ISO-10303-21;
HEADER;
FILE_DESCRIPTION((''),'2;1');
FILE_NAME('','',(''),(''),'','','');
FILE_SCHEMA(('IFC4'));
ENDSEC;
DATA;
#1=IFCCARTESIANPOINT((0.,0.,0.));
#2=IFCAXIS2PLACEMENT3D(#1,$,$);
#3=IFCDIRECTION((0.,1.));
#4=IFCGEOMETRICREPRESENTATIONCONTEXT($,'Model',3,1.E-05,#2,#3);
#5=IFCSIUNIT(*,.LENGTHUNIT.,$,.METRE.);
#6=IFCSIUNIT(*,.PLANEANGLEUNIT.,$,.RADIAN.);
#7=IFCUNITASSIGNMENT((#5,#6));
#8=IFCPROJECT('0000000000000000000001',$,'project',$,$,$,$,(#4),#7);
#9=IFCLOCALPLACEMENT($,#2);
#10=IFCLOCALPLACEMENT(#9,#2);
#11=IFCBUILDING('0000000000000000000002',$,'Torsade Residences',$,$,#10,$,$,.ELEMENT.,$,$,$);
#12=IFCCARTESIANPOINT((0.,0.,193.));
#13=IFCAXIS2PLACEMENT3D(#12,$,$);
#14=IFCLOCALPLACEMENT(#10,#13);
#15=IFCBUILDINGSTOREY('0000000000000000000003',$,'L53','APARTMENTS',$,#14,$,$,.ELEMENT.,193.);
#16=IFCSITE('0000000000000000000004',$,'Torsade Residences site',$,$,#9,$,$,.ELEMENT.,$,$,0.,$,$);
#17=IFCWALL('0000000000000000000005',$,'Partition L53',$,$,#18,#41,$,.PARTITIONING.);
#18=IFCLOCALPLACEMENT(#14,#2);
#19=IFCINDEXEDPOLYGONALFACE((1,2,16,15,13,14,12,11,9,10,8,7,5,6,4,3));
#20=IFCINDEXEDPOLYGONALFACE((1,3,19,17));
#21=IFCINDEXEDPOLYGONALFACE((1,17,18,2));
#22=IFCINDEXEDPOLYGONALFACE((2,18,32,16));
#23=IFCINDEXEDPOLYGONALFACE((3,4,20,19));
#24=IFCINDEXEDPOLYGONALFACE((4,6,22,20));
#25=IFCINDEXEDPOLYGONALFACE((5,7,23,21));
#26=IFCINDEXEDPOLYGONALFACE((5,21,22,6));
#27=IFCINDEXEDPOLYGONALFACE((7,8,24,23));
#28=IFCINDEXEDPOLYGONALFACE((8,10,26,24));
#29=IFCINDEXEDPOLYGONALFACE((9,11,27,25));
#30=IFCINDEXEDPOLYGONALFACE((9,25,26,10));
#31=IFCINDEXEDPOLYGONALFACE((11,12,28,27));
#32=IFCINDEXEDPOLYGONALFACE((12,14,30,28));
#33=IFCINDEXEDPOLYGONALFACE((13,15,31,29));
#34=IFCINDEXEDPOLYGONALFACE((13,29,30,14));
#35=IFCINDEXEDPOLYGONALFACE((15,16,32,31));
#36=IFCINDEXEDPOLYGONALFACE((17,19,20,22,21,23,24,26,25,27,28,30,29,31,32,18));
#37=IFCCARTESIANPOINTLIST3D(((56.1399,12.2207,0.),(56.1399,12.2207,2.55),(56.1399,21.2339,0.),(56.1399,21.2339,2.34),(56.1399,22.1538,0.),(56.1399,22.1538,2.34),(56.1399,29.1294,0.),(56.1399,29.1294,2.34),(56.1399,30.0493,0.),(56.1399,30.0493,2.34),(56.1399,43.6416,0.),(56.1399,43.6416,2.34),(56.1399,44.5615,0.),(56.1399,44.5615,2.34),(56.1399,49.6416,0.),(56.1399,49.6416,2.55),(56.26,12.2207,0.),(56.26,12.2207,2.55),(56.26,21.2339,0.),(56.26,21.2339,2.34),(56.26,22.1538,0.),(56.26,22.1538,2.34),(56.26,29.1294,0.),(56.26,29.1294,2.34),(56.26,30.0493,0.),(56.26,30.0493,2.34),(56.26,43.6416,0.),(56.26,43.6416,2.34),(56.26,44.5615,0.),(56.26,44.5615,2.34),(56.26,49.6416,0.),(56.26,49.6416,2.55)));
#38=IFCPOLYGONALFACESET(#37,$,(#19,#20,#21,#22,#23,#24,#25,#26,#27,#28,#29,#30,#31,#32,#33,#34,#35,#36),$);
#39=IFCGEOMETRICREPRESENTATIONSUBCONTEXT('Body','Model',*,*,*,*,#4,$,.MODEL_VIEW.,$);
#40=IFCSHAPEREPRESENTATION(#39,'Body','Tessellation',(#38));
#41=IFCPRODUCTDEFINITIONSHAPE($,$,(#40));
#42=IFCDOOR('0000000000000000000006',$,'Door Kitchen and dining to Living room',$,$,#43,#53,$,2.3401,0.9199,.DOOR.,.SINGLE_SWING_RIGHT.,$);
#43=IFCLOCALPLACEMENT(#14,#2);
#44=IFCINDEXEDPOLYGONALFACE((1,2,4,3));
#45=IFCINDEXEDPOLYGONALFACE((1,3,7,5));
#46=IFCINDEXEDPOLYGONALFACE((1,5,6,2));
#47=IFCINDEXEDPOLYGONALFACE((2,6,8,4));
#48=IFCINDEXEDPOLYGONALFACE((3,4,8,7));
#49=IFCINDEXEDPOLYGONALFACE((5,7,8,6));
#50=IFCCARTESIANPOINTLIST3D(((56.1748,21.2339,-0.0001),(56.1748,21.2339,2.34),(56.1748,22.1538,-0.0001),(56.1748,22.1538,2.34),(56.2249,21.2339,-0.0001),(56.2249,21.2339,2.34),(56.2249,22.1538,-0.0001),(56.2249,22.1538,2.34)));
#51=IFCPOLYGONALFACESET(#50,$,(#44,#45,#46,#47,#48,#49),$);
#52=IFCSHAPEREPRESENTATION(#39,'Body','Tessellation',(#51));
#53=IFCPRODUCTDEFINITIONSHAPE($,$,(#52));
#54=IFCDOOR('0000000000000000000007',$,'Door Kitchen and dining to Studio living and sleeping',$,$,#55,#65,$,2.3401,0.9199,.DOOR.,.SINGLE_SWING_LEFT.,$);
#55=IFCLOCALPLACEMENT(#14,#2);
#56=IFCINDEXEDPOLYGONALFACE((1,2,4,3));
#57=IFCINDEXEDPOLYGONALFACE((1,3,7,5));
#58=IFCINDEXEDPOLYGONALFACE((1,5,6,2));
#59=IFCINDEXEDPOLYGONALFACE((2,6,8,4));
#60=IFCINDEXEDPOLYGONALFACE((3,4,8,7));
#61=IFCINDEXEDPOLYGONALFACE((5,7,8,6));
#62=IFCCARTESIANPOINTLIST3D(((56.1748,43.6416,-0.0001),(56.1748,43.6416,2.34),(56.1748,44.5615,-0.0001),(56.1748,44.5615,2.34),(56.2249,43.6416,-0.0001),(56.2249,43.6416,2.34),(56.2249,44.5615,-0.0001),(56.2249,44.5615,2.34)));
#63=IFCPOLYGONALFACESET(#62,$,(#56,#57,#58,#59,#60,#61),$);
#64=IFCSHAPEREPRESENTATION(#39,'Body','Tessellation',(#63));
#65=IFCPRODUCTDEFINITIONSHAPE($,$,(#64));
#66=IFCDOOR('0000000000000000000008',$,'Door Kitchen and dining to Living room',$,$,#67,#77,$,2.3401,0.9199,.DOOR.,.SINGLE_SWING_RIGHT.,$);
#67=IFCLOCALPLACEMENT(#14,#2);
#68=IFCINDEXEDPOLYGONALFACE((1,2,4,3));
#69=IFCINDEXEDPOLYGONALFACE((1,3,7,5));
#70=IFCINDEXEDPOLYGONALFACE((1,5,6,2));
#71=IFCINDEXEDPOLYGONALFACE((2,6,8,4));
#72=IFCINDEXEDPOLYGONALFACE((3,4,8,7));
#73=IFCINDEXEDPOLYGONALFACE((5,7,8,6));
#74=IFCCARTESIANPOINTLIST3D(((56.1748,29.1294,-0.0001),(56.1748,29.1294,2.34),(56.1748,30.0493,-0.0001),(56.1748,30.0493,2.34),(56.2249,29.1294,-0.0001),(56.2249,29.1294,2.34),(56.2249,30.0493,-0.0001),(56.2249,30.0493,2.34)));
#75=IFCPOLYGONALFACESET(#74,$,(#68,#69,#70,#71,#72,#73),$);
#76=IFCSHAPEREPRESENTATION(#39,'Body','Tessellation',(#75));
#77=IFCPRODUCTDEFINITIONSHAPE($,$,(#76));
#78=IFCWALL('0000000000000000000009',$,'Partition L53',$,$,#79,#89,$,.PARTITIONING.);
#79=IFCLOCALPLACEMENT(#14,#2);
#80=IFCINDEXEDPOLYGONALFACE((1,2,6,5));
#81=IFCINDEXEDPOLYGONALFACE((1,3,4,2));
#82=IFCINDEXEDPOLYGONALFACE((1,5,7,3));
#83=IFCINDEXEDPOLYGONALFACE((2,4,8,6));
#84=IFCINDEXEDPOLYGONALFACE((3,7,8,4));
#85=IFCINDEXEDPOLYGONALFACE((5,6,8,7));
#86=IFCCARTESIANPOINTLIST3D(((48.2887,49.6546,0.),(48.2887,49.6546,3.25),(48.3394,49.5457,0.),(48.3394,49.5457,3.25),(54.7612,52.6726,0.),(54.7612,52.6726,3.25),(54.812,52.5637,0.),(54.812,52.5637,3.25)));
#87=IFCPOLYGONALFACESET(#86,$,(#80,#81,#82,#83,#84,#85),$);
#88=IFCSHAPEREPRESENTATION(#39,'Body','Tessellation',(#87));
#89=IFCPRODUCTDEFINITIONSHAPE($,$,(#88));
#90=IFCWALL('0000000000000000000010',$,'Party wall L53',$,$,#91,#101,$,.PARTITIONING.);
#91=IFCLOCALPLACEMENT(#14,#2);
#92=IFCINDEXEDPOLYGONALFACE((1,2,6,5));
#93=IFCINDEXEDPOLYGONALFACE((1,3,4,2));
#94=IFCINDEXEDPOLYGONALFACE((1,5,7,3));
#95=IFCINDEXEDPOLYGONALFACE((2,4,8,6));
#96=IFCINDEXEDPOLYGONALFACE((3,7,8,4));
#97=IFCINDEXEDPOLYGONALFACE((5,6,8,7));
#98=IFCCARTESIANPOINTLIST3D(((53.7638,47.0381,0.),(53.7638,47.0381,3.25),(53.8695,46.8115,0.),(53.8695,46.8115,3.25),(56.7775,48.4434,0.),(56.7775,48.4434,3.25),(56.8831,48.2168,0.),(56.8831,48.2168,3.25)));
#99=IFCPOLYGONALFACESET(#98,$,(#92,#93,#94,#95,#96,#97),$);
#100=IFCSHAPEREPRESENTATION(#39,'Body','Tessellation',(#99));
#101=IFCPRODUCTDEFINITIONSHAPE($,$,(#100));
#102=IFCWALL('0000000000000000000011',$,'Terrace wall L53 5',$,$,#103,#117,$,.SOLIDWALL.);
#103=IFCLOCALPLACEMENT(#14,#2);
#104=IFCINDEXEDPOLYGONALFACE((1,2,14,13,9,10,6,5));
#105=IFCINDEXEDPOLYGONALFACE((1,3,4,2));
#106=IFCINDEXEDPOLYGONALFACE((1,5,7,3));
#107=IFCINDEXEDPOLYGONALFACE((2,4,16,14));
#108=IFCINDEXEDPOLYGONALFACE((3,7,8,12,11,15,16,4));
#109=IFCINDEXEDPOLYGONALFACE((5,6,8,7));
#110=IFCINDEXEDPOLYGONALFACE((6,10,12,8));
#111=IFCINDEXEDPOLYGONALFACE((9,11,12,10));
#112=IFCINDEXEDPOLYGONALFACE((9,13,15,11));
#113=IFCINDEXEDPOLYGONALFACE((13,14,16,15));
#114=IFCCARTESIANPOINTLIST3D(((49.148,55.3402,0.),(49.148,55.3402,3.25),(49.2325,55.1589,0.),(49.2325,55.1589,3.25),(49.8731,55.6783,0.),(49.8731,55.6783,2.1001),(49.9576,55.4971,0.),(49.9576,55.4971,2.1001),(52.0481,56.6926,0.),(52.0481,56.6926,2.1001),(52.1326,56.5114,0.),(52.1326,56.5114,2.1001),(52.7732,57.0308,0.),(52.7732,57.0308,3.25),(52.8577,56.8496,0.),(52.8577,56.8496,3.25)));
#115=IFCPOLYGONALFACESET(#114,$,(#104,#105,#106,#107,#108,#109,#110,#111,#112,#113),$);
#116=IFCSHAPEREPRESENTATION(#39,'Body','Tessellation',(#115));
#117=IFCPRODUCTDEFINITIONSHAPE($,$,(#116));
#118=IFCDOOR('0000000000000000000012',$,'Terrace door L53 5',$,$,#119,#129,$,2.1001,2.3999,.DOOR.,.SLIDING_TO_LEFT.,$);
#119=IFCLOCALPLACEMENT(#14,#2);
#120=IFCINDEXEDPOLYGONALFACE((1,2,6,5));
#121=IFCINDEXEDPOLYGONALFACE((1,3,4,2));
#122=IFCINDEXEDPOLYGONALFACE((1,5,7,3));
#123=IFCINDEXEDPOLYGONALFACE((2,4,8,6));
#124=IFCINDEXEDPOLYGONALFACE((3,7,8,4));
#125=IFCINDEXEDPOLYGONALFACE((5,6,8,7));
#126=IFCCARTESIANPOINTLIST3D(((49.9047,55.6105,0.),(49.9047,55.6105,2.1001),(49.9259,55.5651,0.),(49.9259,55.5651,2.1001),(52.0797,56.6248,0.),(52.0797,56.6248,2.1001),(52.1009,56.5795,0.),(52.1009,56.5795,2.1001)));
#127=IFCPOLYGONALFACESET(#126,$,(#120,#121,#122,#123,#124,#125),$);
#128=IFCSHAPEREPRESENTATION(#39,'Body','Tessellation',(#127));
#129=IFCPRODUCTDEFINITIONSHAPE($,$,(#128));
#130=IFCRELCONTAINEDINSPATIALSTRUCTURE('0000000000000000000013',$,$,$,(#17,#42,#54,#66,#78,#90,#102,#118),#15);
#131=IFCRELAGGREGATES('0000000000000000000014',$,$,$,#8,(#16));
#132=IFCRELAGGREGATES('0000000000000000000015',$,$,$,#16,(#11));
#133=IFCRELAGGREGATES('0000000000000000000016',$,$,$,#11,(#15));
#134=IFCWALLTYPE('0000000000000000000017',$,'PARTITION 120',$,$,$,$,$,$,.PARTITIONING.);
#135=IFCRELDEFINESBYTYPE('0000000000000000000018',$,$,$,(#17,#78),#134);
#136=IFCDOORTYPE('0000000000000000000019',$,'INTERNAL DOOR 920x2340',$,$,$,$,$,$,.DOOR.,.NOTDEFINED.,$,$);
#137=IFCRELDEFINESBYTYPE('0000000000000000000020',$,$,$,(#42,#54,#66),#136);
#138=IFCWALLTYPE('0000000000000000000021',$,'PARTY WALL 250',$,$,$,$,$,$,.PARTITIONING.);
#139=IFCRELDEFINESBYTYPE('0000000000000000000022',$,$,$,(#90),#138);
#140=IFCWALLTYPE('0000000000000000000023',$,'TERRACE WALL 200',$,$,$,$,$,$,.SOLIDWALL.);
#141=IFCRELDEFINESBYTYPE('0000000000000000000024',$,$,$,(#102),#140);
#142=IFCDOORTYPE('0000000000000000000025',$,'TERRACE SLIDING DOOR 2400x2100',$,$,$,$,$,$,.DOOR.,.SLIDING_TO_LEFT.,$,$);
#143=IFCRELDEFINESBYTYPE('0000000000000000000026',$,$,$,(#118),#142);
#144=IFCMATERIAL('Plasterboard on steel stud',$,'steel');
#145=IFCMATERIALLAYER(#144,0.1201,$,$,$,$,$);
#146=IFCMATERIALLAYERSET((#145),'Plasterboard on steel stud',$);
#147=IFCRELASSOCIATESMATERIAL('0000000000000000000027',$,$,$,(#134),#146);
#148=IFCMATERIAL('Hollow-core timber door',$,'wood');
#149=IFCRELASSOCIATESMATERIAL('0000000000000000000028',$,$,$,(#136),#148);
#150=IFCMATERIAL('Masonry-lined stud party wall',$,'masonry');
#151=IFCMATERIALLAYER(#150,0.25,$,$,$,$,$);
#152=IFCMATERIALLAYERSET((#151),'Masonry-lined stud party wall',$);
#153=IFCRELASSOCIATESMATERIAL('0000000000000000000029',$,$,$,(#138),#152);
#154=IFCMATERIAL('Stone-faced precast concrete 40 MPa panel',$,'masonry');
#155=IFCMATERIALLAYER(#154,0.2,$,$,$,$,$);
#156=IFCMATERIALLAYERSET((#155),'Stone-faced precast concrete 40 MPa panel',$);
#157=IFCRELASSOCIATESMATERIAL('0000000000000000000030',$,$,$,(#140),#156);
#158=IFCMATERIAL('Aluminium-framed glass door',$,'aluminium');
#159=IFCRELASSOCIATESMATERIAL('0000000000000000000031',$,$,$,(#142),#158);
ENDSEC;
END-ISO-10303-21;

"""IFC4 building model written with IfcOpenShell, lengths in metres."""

from ifc_helpers import new_model, si_unit, direction, frame, frame_2d, origin, place, context, subcontext, project, spatial, rectangle, extrude, material, layer, layer_set, type_object, element, fill, save


model = new_model("IFC4")

# Units and contexts
model_context = context("Model", 3, precision=1e-05, world=origin(), true_north=direction((0.0, 1.0)))
body_context = subcontext(model_context, "Body", "Model", "MODEL_VIEW")
ifc_project = project(units=[si_unit("LENGTHUNIT", "METRE"), si_unit("PLANEANGLEUNIT", "RADIAN")], contexts=[model_context])

# Site, building, storey
site_placement = place(None, origin())
site = spatial("IfcSite", under=ifc_project, at=site_placement, Name="Torsade Residences site", CompositionType="ELEMENT", RefElevation=0.0)
building_placement = place(site_placement, origin())
building = spatial("IfcBuilding", under=site, at=building_placement, Name="Torsade Residences", CompositionType="ELEMENT")
storey_placement = place(building_placement, frame((0.0, 0.0, 193.0)))
storey = spatial("IfcBuildingStorey", under=building, at=storey_placement, Name="L53", Description="APARTMENTS", CompositionType="ELEMENT", Elevation=193.0)

# Wall, openings, doors
ifc_material_1 = material(Name="Plasterboard on steel stud", Category="steel")
ifc_layer_1 = layer(ifc_material_1, 0.1201)
ifc_layer_set_1 = layer_set([ifc_layer_1], Name="Plasterboard on steel stud")
wall_type_1 = type_object("IfcWallType", Name="PARTITION 120", PredefinedType="PARTITIONING", material=ifc_layer_set_1)
wall_1_placement = place(storey_placement, frame((56.2, 49.6416, 0.0), z_axis=(0.0, 0.0, 1.0), x_axis=(0.0, -1.0, 0.0)))
wall_1 = element("IfcWall", 1, at=wall_1_placement, inside=storey, type_object=wall_type_1, Name="Partition L53", PredefinedType="PARTITIONING", context=body_context, shape_type="SweptSolid", body=[
    extrude(rectangle(XDim=37.4209, YDim=0.1201, at=frame_2d((18.7104, 0.0))), origin(), (0.0, 0.0, 1.0), 2.55),
])
opening_1_placement = place(wall_1_placement, frame((27.4878, 0.0, 0.0)))
opening_1 = element("IfcOpeningElement", 2, at=opening_1_placement, cuts=wall_1, PredefinedType="OPENING", context=body_context, shape_type="SweptSolid", body=[
    extrude(rectangle(XDim=0.9199, YDim=2.3401, at=frame_2d((0.46, 1.1699))), frame((0.0, 0.0701, 0.0), z_axis=(0.0, -1.0, 0.0), x_axis=(1.0, 0.0, 0.0)), (0.0, 0.0, 1.0), 0.1401),
])
opening_2_placement = place(wall_1_placement, frame((5.0801, 0.0, 0.0)))
opening_2 = element("IfcOpeningElement", 3, at=opening_2_placement, cuts=wall_1, PredefinedType="OPENING", context=body_context, shape_type="SweptSolid", body=[
    extrude(rectangle(XDim=0.9199, YDim=2.3401, at=frame_2d((0.46, 1.1699))), frame((0.0, 0.0701, 0.0), z_axis=(0.0, -1.0, 0.0), x_axis=(1.0, 0.0, 0.0)), (0.0, 0.0, 1.0), 0.1401),
])
opening_3_placement = place(wall_1_placement, frame((19.5923, 0.0, 0.0)))
opening_3 = element("IfcOpeningElement", 4, at=opening_3_placement, cuts=wall_1, PredefinedType="OPENING", context=body_context, shape_type="SweptSolid", body=[
    extrude(rectangle(XDim=0.9199, YDim=2.3401, at=frame_2d((0.46, 1.1699))), frame((0.0, 0.0701, 0.0), z_axis=(0.0, -1.0, 0.0), x_axis=(1.0, 0.0, 0.0)), (0.0, 0.0, 1.0), 0.1401),
])
ifc_material_2 = material(Name="Hollow-core timber door", Category="wood")
door_type_1 = type_object("IfcDoorType", Name="INTERNAL DOOR 920x2340", OperationType="NOTDEFINED", PredefinedType="DOOR", material=ifc_material_2)
door_1_placement = place(opening_1_placement, origin())
door_1 = element("IfcDoor", 5, at=door_1_placement, inside=storey, type_object=door_type_1, Name="Door Kitchen and dining to Living room", OperationType="SINGLE_SWING_RIGHT", OverallHeight=2.3401, OverallWidth=0.9199, PredefinedType="DOOR", context=body_context, shape_type="SweptSolid", body=[
    extrude(rectangle(XDim=0.9199, YDim=2.3401, at=frame_2d((0.46, 1.1699))), frame((0.0, 0.0249, 0.0), z_axis=(0.0, -1.0, 0.0), x_axis=(1.0, 0.0, 0.0)), (0.0, 0.0, 1.0), 0.05),
])
fill(opening_1, door_1)
door_2_placement = place(opening_2_placement, origin())
door_2 = element("IfcDoor", 6, at=door_2_placement, inside=storey, type_object=door_type_1, Name="Door Kitchen and dining to Studio living and sleeping", OperationType="SINGLE_SWING_LEFT", OverallHeight=2.3401, OverallWidth=0.9199, PredefinedType="DOOR", context=body_context, shape_type="SweptSolid", body=[
    extrude(rectangle(XDim=0.9199, YDim=2.3401, at=frame_2d((0.46, 1.1699))), frame((0.0, 0.0249, 0.0), z_axis=(0.0, -1.0, 0.0), x_axis=(1.0, 0.0, 0.0)), (0.0, 0.0, 1.0), 0.05),
])
fill(opening_2, door_2)
door_3_placement = place(opening_3_placement, origin())
door_3 = element("IfcDoor", 7, at=door_3_placement, inside=storey, type_object=door_type_1, Name="Door Kitchen and dining to Living room", OperationType="SINGLE_SWING_RIGHT", OverallHeight=2.3401, OverallWidth=0.9199, PredefinedType="DOOR", context=body_context, shape_type="SweptSolid", body=[
    extrude(rectangle(XDim=0.9199, YDim=2.3401, at=frame_2d((0.46, 1.1699))), frame((0.0, 0.0249, 0.0), z_axis=(0.0, -1.0, 0.0), x_axis=(1.0, 0.0, 0.0)), (0.0, 0.0, 1.0), 0.05),
])
fill(opening_3, door_3)

# Walls
wall_2_placement = place(storey_placement, frame((54.7866, 52.6182, 0.0), z_axis=(0.0, 0.0, 1.0), x_axis=(-0.906318, -0.422597, 0.0)))
element("IfcWall", 8, at=wall_2_placement, inside=storey, type_object=wall_type_1, Name="Partition L53", PredefinedType="PARTITIONING", context=body_context, shape_type="SweptSolid", body=[
    extrude(rectangle(XDim=7.1416, YDim=0.1201, at=frame_2d((3.5708, 0.0))), origin(), (0.0, 0.0, 1.0), 3.25),
])
ifc_material_3 = material(Name="Masonry-lined stud party wall", Category="masonry")
ifc_layer_2 = layer(ifc_material_3, 0.25)
ifc_layer_set_2 = layer_set([ifc_layer_2], Name="Masonry-lined stud party wall")
wall_type_2 = type_object("IfcWallType", Name="PARTY WALL 250", PredefinedType="PARTITIONING", material=ifc_layer_set_2)
wall_3_placement = place(storey_placement, frame((56.8303, 48.3301, 0.0), z_axis=(0.0, 0.0, 1.0), x_axis=(-0.906311, -0.422612, 0.0)))
element("IfcWall", 9, at=wall_3_placement, inside=storey, type_object=wall_type_2, Name="Party wall L53", PredefinedType="PARTITIONING", context=body_context, shape_type="SweptSolid", body=[
    extrude(rectangle(XDim=3.3252, YDim=0.25, at=frame_2d((1.6626, 0.0))), origin(), (0.0, 0.0, 1.0), 3.25),
])

# Wall, opening, door
ifc_material_4 = material(Name="Stone-faced precast concrete 40 MPa panel", Category="masonry")
ifc_layer_3 = layer(ifc_material_4, 0.2)
ifc_layer_set_3 = layer_set([ifc_layer_3], Name="Stone-faced precast concrete 40 MPa panel")
wall_type_3 = type_object("IfcWallType", Name="TERRACE WALL 200", PredefinedType="SOLIDWALL", material=ifc_layer_set_3)
wall_4_placement = place(storey_placement, frame((52.8154, 56.9402, 0.0), z_axis=(0.0, 0.0, 1.0), x_axis=(-0.906289, -0.422658, 0.0)))
wall_4 = element("IfcWall", 10, at=wall_4_placement, inside=storey, type_object=wall_type_3, Name="Terrace wall L53 5", PredefinedType="SOLIDWALL", context=body_context, shape_type="SweptSolid", body=[
    extrude(rectangle(XDim=4.0, YDim=0.2, at=frame_2d((2.0, 0.0))), origin(), (0.0, 0.0, 1.0), 3.25),
])
opening_4_placement = place(wall_4_placement, frame((0.8, 0.0, 0.0)))
opening_4 = element("IfcOpeningElement", 11, at=opening_4_placement, cuts=wall_4, PredefinedType="OPENING", context=body_context, shape_type="SweptSolid", body=[
    extrude(rectangle(XDim=2.3999, YDim=2.1001, at=frame_2d((1.2, 1.05))), frame((0.0, 0.1099, 0.0), z_axis=(0.0, -1.0, 0.0), x_axis=(1.0, 0.0, 0.0)), (0.0, 0.0, 1.0), 0.22),
])
ifc_material_5 = material(Name="Aluminium-framed glass door", Category="aluminium")
door_type_2 = type_object("IfcDoorType", Name="TERRACE SLIDING DOOR 2400x2100", OperationType="SLIDING_TO_LEFT", PredefinedType="DOOR", material=ifc_material_5)
door_4_placement = place(opening_4_placement, origin())
door_4 = element("IfcDoor", 12, at=door_4_placement, inside=storey, type_object=door_type_2, Name="Terrace door L53 5", OperationType="SLIDING_TO_LEFT", OverallHeight=2.1001, OverallWidth=2.3999, PredefinedType="DOOR", context=body_context, shape_type="SweptSolid", body=[
    extrude(rectangle(XDim=2.3999, YDim=2.1001, at=frame_2d((1.2, 1.05))), frame((0.0, 0.0249, 0.0), z_axis=(0.0, -1.0, 0.0), x_axis=(1.0, 0.0, 0.0)), (0.0, 0.0, 1.0), 0.05),
])
fill(opening_4, door_4)

save(model, "model.ifc")
